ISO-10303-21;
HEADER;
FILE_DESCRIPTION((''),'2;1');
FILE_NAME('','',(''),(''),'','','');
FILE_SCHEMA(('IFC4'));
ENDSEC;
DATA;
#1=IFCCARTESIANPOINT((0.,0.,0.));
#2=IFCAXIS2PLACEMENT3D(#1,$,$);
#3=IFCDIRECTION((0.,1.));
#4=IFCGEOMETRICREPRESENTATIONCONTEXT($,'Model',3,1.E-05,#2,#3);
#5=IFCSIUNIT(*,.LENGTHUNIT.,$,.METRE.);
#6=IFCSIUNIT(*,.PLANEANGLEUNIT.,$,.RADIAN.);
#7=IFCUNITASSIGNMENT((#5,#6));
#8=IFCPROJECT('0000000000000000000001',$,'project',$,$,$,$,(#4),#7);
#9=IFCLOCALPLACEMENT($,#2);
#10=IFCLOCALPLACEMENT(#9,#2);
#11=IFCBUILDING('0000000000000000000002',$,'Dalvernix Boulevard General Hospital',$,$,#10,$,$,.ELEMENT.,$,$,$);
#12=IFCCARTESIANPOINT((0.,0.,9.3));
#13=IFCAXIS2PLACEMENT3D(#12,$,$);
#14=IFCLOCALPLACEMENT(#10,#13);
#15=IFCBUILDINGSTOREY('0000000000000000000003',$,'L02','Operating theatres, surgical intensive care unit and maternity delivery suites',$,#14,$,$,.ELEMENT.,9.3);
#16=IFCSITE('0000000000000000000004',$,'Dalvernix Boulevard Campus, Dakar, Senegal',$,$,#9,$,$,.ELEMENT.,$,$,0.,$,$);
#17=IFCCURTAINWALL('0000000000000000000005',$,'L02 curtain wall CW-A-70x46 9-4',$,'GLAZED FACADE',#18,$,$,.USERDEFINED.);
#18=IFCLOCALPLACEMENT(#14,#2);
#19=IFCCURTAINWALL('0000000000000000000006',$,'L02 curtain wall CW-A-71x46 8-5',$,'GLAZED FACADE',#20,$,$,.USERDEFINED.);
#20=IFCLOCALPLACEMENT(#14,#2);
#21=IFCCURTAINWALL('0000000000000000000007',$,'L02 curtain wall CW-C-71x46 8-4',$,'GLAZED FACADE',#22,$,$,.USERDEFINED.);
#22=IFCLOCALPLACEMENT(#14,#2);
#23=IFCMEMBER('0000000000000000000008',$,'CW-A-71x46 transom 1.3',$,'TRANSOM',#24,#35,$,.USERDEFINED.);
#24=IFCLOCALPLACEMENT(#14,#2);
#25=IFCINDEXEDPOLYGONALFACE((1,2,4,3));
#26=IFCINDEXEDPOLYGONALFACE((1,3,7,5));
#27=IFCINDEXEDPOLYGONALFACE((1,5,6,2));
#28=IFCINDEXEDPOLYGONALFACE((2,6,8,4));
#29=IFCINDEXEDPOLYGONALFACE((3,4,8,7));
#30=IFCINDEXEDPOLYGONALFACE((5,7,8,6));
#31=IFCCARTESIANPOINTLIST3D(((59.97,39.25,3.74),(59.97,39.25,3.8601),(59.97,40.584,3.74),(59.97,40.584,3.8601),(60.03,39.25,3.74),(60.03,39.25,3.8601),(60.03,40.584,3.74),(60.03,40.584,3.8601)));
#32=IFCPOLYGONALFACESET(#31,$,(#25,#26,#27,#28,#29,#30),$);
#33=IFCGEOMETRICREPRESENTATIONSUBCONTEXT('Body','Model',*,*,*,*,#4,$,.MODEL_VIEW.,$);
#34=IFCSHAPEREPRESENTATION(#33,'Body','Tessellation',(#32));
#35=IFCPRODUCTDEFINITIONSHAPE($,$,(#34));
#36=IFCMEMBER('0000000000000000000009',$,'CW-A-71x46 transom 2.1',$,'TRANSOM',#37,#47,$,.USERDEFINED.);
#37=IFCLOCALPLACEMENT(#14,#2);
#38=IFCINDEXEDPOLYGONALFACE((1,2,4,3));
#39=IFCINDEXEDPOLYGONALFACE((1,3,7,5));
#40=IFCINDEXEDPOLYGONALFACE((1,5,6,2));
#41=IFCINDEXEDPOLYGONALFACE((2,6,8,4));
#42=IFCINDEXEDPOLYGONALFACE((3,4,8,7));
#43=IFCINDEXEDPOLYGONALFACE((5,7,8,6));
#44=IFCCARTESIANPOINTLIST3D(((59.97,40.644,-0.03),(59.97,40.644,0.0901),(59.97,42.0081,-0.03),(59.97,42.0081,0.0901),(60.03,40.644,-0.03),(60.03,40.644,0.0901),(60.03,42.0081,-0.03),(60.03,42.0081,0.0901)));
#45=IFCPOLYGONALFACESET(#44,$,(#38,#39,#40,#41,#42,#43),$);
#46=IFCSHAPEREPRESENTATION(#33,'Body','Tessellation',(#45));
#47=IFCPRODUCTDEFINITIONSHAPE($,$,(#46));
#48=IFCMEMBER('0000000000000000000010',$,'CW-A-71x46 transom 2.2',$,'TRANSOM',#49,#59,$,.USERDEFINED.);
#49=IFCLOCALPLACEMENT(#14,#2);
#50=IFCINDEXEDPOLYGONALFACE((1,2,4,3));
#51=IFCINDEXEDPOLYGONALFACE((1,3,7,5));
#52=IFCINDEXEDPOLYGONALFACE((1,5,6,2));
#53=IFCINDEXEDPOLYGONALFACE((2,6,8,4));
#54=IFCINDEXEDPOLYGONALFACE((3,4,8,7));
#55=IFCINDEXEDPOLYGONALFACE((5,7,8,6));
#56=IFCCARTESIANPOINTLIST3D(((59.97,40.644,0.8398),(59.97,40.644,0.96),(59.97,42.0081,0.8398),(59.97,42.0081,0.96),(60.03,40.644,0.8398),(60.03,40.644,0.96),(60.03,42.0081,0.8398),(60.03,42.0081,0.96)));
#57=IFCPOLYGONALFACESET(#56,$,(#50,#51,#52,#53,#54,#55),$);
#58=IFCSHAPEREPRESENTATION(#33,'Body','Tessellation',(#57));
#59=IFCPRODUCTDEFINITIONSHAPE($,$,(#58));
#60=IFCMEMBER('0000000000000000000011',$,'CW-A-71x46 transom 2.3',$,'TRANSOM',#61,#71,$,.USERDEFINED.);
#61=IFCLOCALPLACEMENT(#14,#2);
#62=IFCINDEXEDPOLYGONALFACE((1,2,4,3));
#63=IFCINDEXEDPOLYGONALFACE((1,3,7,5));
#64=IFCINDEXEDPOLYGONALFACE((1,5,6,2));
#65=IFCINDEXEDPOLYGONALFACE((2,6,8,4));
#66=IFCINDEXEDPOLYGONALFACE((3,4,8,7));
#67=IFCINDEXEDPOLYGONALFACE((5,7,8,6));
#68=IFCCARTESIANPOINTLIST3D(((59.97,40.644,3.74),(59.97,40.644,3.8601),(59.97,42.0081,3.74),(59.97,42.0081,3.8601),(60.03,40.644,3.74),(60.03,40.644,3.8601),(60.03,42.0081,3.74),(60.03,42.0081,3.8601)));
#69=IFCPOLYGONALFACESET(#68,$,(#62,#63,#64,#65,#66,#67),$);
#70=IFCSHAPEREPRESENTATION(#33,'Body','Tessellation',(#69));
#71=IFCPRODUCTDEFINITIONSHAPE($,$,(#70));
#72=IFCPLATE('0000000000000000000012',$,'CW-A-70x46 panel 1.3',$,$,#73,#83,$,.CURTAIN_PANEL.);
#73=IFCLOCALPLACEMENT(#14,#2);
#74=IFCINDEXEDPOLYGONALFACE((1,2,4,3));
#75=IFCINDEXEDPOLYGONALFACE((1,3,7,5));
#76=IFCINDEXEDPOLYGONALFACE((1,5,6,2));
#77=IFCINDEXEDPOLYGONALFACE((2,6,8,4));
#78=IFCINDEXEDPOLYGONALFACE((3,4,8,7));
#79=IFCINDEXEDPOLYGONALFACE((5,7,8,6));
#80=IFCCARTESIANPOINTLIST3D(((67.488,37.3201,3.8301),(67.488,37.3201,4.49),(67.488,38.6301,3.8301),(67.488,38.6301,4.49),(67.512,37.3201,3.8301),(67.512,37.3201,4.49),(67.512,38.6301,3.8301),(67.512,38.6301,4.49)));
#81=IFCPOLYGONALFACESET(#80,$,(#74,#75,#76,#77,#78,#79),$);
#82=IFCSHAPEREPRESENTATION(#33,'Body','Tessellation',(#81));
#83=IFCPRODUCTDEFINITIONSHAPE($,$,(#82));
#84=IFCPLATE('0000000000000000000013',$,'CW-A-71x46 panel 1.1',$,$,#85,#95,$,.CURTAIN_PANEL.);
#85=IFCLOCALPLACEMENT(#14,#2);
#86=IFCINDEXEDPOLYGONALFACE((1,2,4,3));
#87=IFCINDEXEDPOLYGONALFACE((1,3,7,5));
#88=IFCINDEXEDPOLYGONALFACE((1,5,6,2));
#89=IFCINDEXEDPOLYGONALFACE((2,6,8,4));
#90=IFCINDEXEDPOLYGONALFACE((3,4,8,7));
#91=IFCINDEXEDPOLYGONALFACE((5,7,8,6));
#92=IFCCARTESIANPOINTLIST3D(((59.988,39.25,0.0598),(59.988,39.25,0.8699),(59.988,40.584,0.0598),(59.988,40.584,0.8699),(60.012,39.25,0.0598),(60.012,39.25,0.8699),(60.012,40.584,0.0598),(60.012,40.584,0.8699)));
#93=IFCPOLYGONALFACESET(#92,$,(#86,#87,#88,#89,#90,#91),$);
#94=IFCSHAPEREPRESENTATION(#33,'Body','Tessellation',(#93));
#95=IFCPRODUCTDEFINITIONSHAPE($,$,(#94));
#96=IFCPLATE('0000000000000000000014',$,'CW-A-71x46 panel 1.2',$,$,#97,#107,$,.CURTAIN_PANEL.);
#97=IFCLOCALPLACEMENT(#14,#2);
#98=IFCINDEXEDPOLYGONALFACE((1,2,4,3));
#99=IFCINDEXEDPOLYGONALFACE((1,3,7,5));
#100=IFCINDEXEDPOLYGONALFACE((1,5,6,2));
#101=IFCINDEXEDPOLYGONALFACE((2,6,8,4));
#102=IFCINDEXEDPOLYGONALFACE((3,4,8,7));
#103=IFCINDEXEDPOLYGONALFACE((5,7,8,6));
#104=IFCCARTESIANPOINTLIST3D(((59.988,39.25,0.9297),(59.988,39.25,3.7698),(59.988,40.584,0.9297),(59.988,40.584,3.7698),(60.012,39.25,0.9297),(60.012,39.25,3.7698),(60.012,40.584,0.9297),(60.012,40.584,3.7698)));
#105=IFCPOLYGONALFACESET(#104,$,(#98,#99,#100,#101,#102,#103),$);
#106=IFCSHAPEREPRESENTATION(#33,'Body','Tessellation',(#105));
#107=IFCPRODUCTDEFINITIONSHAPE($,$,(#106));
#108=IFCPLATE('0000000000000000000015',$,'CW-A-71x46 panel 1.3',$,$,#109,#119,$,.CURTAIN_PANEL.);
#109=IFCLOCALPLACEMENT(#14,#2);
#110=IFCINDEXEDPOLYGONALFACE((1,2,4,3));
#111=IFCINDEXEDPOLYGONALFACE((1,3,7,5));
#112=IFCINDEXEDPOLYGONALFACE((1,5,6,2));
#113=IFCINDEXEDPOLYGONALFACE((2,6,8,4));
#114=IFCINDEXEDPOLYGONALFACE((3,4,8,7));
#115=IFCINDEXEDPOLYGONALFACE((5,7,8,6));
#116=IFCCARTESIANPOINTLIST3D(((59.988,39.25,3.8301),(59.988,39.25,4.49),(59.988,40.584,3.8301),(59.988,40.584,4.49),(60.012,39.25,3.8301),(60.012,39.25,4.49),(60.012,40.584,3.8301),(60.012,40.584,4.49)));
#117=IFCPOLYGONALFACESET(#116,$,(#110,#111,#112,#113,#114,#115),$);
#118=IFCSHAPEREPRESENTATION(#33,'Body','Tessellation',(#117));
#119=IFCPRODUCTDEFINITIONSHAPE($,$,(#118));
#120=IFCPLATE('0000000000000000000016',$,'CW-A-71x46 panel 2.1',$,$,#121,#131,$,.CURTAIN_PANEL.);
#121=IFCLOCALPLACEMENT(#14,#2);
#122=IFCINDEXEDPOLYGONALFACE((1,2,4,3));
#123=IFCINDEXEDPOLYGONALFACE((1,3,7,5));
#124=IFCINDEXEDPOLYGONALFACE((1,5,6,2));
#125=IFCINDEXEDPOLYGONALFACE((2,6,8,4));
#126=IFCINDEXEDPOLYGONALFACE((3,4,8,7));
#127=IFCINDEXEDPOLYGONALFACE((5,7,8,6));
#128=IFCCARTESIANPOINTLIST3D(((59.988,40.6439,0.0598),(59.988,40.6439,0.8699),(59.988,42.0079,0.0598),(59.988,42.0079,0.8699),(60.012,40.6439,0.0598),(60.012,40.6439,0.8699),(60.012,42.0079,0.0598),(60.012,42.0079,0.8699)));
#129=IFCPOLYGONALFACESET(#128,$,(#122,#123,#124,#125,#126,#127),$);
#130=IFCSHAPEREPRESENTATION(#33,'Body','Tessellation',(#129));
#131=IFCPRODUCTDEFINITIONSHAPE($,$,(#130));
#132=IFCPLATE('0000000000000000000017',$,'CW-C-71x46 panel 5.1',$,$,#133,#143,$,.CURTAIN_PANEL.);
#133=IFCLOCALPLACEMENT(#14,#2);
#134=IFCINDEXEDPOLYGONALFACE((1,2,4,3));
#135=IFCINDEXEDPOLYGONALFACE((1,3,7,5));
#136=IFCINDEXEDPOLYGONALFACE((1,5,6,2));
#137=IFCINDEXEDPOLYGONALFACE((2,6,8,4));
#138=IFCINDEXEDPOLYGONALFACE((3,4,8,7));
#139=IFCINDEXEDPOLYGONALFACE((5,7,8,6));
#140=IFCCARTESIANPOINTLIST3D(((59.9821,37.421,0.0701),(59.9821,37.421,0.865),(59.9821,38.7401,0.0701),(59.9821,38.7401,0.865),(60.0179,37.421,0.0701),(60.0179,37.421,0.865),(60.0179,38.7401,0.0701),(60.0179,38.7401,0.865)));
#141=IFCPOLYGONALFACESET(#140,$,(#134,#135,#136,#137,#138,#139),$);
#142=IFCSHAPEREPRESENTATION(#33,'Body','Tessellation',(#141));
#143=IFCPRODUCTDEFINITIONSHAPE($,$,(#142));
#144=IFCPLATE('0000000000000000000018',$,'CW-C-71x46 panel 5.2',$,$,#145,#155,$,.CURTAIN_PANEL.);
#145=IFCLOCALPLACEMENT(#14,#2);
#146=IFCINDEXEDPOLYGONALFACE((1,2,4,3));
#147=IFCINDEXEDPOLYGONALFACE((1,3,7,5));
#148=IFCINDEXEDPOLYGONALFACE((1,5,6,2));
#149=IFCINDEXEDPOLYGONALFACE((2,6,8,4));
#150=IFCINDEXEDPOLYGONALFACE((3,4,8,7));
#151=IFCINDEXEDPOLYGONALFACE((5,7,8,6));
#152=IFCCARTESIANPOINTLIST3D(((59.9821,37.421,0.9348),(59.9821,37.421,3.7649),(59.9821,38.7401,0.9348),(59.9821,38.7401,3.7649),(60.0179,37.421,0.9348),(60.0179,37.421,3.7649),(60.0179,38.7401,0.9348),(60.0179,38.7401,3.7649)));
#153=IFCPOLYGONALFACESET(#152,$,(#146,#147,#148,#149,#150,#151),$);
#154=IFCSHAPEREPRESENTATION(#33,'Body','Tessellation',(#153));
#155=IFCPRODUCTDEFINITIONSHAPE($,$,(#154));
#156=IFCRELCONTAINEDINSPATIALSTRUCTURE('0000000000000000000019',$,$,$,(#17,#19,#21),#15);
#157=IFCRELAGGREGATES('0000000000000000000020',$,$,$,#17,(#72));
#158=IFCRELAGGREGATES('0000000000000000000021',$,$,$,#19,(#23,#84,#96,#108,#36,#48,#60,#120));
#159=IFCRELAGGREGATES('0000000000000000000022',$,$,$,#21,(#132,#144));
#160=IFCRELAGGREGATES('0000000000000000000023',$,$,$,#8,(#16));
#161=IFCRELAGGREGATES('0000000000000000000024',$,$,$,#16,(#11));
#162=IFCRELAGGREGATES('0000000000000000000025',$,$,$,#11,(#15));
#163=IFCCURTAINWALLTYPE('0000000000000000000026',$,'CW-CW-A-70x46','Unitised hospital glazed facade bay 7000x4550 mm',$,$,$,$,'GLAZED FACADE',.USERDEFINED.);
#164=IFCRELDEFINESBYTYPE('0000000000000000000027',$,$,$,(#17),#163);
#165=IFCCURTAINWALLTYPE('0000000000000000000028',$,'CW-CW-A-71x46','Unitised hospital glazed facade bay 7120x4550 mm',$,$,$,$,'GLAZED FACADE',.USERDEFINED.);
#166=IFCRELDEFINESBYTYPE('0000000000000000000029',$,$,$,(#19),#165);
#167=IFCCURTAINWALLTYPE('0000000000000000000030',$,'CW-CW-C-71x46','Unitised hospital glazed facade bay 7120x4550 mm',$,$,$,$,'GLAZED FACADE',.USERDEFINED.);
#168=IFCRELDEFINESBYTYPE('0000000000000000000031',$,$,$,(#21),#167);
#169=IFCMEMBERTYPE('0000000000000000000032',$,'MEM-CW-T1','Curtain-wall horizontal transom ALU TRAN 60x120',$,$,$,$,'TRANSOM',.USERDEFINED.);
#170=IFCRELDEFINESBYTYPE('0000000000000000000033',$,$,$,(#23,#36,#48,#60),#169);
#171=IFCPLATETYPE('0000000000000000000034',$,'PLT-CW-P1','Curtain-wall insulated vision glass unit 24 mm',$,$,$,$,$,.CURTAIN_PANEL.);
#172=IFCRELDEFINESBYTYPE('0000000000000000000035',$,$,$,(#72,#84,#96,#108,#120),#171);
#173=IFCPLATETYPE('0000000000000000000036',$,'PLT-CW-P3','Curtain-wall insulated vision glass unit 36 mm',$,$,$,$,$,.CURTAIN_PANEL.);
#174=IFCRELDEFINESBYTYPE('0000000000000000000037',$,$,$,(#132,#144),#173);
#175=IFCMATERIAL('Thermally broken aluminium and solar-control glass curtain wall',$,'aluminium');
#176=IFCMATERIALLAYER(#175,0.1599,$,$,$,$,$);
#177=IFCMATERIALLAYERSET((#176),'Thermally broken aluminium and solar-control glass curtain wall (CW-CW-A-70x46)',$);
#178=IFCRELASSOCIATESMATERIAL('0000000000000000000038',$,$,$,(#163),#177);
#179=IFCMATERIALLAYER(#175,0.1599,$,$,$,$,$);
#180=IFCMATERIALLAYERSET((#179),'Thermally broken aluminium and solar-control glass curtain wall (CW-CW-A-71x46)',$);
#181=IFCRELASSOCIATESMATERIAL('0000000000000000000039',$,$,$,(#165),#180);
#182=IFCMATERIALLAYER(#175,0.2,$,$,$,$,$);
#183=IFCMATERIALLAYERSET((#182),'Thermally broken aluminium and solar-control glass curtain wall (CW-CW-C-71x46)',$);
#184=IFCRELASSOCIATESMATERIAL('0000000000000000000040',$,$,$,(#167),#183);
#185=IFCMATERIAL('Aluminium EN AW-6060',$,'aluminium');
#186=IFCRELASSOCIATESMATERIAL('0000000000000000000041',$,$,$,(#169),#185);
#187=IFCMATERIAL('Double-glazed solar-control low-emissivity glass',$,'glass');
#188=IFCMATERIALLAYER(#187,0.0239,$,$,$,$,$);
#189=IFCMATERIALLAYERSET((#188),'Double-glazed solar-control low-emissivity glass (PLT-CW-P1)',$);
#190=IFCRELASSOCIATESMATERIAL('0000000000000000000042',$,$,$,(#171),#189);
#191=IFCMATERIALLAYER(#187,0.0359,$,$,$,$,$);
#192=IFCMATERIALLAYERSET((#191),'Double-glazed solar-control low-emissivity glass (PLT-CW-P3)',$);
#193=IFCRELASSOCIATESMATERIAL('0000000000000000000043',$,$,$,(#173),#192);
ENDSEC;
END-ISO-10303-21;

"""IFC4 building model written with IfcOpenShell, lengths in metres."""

from ifc_helpers import new_model, si_unit, direction, frame, origin, origin_2d, place, context, subcontext, project, spatial, rectangle, extrude, material, layer, layer_set, material_profile, profile_set, type_object, element, aggregate, save


model = new_model("IFC4")

# Units and contexts
model_context = context("Model", 3, precision=1e-05, world=origin(), true_north=direction((0.0, 1.0)))
body_context = subcontext(model_context, "Body", "Model", "MODEL_VIEW")
ifc_project = project(units=[si_unit("LENGTHUNIT", "METRE"), si_unit("PLANEANGLEUNIT", "RADIAN")], contexts=[model_context])

# Site, building, storey
site_placement = place(None, origin())
site = spatial("IfcSite", under=ifc_project, at=site_placement, Name="Dalvernix Boulevard Campus, Dakar, Senegal", CompositionType="ELEMENT", RefElevation=0.0)
building_placement = place(site_placement, origin())
building = spatial("IfcBuilding", under=site, at=building_placement, Name="Dalvernix Boulevard General Hospital", CompositionType="ELEMENT")
storey_placement = place(building_placement, frame((0.0, 0.0, 9.3)))
storey = spatial("IfcBuildingStorey", under=building, at=storey_placement, Name="L02", Description="Operating theatres, surgical intensive care unit and maternity delivery suites", CompositionType="ELEMENT", Elevation=9.3)

# Curtain wall
ifc_material_1 = material(Name="Thermally broken aluminium and solar-control glass curtain wall", Category="aluminium")
ifc_layer_1 = layer(ifc_material_1, 0.1599)
ifc_layer_set_1 = layer_set([ifc_layer_1], Name="Thermally broken aluminium and solar-control glass curtain wall (CW-CW-A-70x46)")
curtain_wall_type_1 = type_object("IfcCurtainWallType", Name="CW-CW-A-70x46", Description="Unitised hospital glazed facade bay 7000x4550 mm", ElementType="GLAZED FACADE", PredefinedType="USERDEFINED", material=ifc_layer_set_1)
curtain_wall_1_placement = place(storey_placement, origin())
curtain_wall_1 = element("IfcCurtainWall", 1, at=curtain_wall_1_placement, inside=storey, type_object=curtain_wall_type_1, Name="L02 curtain wall CW-A-70x46 9-4", ObjectType="GLAZED FACADE", PredefinedType="USERDEFINED")
ifc_material_2 = material(Name="Aluminium EN AW-6060", Category="aluminium")

# Curtain wall
ifc_layer_2 = layer(ifc_material_1, 0.1599)
ifc_layer_set_2 = layer_set([ifc_layer_2], Name="Thermally broken aluminium and solar-control glass curtain wall (CW-CW-A-71x46)")
curtain_wall_type_2 = type_object("IfcCurtainWallType", Name="CW-CW-A-71x46", Description="Unitised hospital glazed facade bay 7120x4550 mm", ElementType="GLAZED FACADE", PredefinedType="USERDEFINED", material=ifc_layer_set_2)
curtain_wall_2_placement = place(storey_placement, origin())
curtain_wall_2 = element("IfcCurtainWall", 2, at=curtain_wall_2_placement, inside=storey, type_object=curtain_wall_type_2, Name="L02 curtain wall CW-A-71x46 8-5", ObjectType="GLAZED FACADE", PredefinedType="USERDEFINED")

# Curtain wall
ifc_layer_3 = layer(ifc_material_1, 0.2)
ifc_layer_set_3 = layer_set([ifc_layer_3], Name="Thermally broken aluminium and solar-control glass curtain wall (CW-CW-C-71x46)")
curtain_wall_type_3 = type_object("IfcCurtainWallType", Name="CW-CW-C-71x46", Description="Unitised hospital glazed facade bay 7120x4550 mm", ElementType="GLAZED FACADE", PredefinedType="USERDEFINED", material=ifc_layer_set_3)
curtain_wall_3_placement = place(storey_placement, origin())
curtain_wall_3 = element("IfcCurtainWall", 3, at=curtain_wall_3_placement, inside=storey, type_object=curtain_wall_type_3, Name="L02 curtain wall CW-C-71x46 8-4", ObjectType="GLAZED FACADE", PredefinedType="USERDEFINED")

# Members
ifc_material_profile_1 = material_profile(ifc_material_2, rectangle(XDim=0.0601, YDim=0.1201, at=origin_2d()), Name="ALU TRAN 60x120")
ifc_profile_set_1 = profile_set([ifc_material_profile_1], Name="Aluminium EN AW-6060")
member_type_1 = type_object("IfcMemberType", Name="MEM-CW-T1", Description="Curtain-wall horizontal transom ALU TRAN 60x120", ElementType="TRANSOM", PredefinedType="USERDEFINED", material=ifc_profile_set_1)
member_1_placement = place(storey_placement, frame((60.0, 39.25, 3.8), z_axis=(0.0, 1.0, 0.0), x_axis=(-1.0, 0.0, 0.0)))
member_1 = element("IfcMember", 4, at=member_1_placement, type_object=member_type_1, Name="CW-A-71x46 transom 1.3", ObjectType="TRANSOM", PredefinedType="USERDEFINED", context=body_context, shape_type="SweptSolid", body=[
    extrude(rectangle(XDim=0.0601, YDim=0.1201, at=origin_2d()), origin(), (0.0, 0.0, 1.0), 1.334),
])
member_2_placement = place(storey_placement, frame((60.0, 40.644, 0.03), z_axis=(0.0, 1.0, 0.0), x_axis=(-1.0, 0.0, 0.0)))
member_2 = element("IfcMember", 5, at=member_2_placement, type_object=member_type_1, Name="CW-A-71x46 transom 2.1", ObjectType="TRANSOM", PredefinedType="USERDEFINED", context=body_context, shape_type="SweptSolid", body=[
    extrude(rectangle(XDim=0.0601, YDim=0.1201, at=origin_2d()), origin(), (0.0, 0.0, 1.0), 1.364),
])
member_3_placement = place(storey_placement, frame((60.0, 40.644, 0.8999), z_axis=(0.0, 1.0, 0.0), x_axis=(-1.0, 0.0, 0.0)))
member_3 = element("IfcMember", 6, at=member_3_placement, type_object=member_type_1, Name="CW-A-71x46 transom 2.2", ObjectType="TRANSOM", PredefinedType="USERDEFINED", context=body_context, shape_type="SweptSolid", body=[
    extrude(rectangle(XDim=0.0601, YDim=0.1201, at=origin_2d()), origin(), (0.0, 0.0, 1.0), 1.364),
])
member_4_placement = place(storey_placement, frame((60.0, 40.644, 3.8), z_axis=(0.0, 1.0, 0.0), x_axis=(-1.0, 0.0, 0.0)))
member_4 = element("IfcMember", 7, at=member_4_placement, type_object=member_type_1, Name="CW-A-71x46 transom 2.3", ObjectType="TRANSOM", PredefinedType="USERDEFINED", context=body_context, shape_type="SweptSolid", body=[
    extrude(rectangle(XDim=0.0601, YDim=0.1201, at=origin_2d()), origin(), (0.0, 0.0, 1.0), 1.364),
])

# Plates
ifc_material_3 = material(Name="Double-glazed solar-control low-emissivity glass", Category="glass")
ifc_layer_4 = layer(ifc_material_3, 0.0239)
ifc_layer_set_4 = layer_set([ifc_layer_4], Name="Double-glazed solar-control low-emissivity glass (PLT-CW-P1)")
plate_type_1 = type_object("IfcPlateType", Name="PLT-CW-P1", Description="Curtain-wall insulated vision glass unit 24 mm", PredefinedType="CURTAIN_PANEL", material=ifc_layer_set_4)
plate_1_placement = place(storey_placement, frame((67.5, 37.9751, 3.8301), z_axis=(0.0, 0.0, 1.0), x_axis=(0.0, -1.0, 0.0)))
plate_1 = element("IfcPlate", 8, at=plate_1_placement, type_object=plate_type_1, Name="CW-A-70x46 panel 1.3", PredefinedType="CURTAIN_PANEL", context=body_context, shape_type="SweptSolid", body=[
    extrude(rectangle(XDim=1.3101, YDim=0.0239, at=origin_2d()), origin(), (0.0, 0.0, 1.0), 0.6599),
])
aggregate(curtain_wall_1, [plate_1])
plate_2_placement = place(storey_placement, frame((60.0, 39.917, 0.0598), z_axis=(0.0, 0.0, 1.0), x_axis=(0.0, 1.0, 0.0)))
plate_2 = element("IfcPlate", 9, at=plate_2_placement, type_object=plate_type_1, Name="CW-A-71x46 panel 1.1", PredefinedType="CURTAIN_PANEL", context=body_context, shape_type="SweptSolid", body=[
    extrude(rectangle(XDim=1.334, YDim=0.0239, at=origin_2d()), origin(), (0.0, 0.0, 1.0), 0.8101),
])
plate_3_placement = place(storey_placement, frame((60.0, 39.917, 0.9297), z_axis=(0.0, 0.0, 1.0), x_axis=(0.0, 1.0, 0.0)))
plate_3 = element("IfcPlate", 10, at=plate_3_placement, type_object=plate_type_1, Name="CW-A-71x46 panel 1.2", PredefinedType="CURTAIN_PANEL", context=body_context, shape_type="SweptSolid", body=[
    extrude(rectangle(XDim=1.334, YDim=0.0239, at=origin_2d()), origin(), (0.0, 0.0, 1.0), 2.8401),
])
plate_4_placement = place(storey_placement, frame((60.0, 39.917, 3.8301), z_axis=(0.0, 0.0, 1.0), x_axis=(0.0, 1.0, 0.0)))
plate_4 = element("IfcPlate", 11, at=plate_4_placement, type_object=plate_type_1, Name="CW-A-71x46 panel 1.3", PredefinedType="CURTAIN_PANEL", context=body_context, shape_type="SweptSolid", body=[
    extrude(rectangle(XDim=1.334, YDim=0.0239, at=origin_2d()), origin(), (0.0, 0.0, 1.0), 0.6599),
])
plate_5_placement = place(storey_placement, frame((60.0, 41.3259, 0.0598), z_axis=(0.0, 0.0, 1.0), x_axis=(0.0, 1.0, 0.0)))
plate_5 = element("IfcPlate", 12, at=plate_5_placement, type_object=plate_type_1, Name="CW-A-71x46 panel 2.1", PredefinedType="CURTAIN_PANEL", context=body_context, shape_type="SweptSolid", body=[
    extrude(rectangle(XDim=1.364, YDim=0.0239, at=origin_2d()), origin(), (0.0, 0.0, 1.0), 0.8101),
])
aggregate(curtain_wall_2, [member_1, plate_2, plate_3, plate_4, member_2, member_3, member_4, plate_5])
ifc_layer_5 = layer(ifc_material_3, 0.0359)
ifc_layer_set_5 = layer_set([ifc_layer_5], Name="Double-glazed solar-control low-emissivity glass (PLT-CW-P3)")
plate_type_2 = type_object("IfcPlateType", Name="PLT-CW-P3", Description="Curtain-wall insulated vision glass unit 36 mm", PredefinedType="CURTAIN_PANEL", material=ifc_layer_set_5)
plate_6_placement = place(storey_placement, frame((60.0, 38.0806, 0.0701), z_axis=(0.0, 0.0, 1.0), x_axis=(0.0, 1.0, 0.0)))
plate_6 = element("IfcPlate", 13, at=plate_6_placement, type_object=plate_type_2, Name="CW-C-71x46 panel 5.1", PredefinedType="CURTAIN_PANEL", context=body_context, shape_type="SweptSolid", body=[
    extrude(rectangle(XDim=1.3191, YDim=0.0359, at=origin_2d()), origin(), (0.0, 0.0, 1.0), 0.7949),
])
plate_7_placement = place(storey_placement, frame((60.0, 38.0806, 0.9348), z_axis=(0.0, 0.0, 1.0), x_axis=(0.0, 1.0, 0.0)))
plate_7 = element("IfcPlate", 14, at=plate_7_placement, type_object=plate_type_2, Name="CW-C-71x46 panel 5.2", PredefinedType="CURTAIN_PANEL", context=body_context, shape_type="SweptSolid", body=[
    extrude(rectangle(XDim=1.3191, YDim=0.0359, at=origin_2d()), origin(), (0.0, 0.0, 1.0), 2.8301),
])
aggregate(curtain_wall_3, [plate_6, plate_7])

save(model, "model.ifc")
